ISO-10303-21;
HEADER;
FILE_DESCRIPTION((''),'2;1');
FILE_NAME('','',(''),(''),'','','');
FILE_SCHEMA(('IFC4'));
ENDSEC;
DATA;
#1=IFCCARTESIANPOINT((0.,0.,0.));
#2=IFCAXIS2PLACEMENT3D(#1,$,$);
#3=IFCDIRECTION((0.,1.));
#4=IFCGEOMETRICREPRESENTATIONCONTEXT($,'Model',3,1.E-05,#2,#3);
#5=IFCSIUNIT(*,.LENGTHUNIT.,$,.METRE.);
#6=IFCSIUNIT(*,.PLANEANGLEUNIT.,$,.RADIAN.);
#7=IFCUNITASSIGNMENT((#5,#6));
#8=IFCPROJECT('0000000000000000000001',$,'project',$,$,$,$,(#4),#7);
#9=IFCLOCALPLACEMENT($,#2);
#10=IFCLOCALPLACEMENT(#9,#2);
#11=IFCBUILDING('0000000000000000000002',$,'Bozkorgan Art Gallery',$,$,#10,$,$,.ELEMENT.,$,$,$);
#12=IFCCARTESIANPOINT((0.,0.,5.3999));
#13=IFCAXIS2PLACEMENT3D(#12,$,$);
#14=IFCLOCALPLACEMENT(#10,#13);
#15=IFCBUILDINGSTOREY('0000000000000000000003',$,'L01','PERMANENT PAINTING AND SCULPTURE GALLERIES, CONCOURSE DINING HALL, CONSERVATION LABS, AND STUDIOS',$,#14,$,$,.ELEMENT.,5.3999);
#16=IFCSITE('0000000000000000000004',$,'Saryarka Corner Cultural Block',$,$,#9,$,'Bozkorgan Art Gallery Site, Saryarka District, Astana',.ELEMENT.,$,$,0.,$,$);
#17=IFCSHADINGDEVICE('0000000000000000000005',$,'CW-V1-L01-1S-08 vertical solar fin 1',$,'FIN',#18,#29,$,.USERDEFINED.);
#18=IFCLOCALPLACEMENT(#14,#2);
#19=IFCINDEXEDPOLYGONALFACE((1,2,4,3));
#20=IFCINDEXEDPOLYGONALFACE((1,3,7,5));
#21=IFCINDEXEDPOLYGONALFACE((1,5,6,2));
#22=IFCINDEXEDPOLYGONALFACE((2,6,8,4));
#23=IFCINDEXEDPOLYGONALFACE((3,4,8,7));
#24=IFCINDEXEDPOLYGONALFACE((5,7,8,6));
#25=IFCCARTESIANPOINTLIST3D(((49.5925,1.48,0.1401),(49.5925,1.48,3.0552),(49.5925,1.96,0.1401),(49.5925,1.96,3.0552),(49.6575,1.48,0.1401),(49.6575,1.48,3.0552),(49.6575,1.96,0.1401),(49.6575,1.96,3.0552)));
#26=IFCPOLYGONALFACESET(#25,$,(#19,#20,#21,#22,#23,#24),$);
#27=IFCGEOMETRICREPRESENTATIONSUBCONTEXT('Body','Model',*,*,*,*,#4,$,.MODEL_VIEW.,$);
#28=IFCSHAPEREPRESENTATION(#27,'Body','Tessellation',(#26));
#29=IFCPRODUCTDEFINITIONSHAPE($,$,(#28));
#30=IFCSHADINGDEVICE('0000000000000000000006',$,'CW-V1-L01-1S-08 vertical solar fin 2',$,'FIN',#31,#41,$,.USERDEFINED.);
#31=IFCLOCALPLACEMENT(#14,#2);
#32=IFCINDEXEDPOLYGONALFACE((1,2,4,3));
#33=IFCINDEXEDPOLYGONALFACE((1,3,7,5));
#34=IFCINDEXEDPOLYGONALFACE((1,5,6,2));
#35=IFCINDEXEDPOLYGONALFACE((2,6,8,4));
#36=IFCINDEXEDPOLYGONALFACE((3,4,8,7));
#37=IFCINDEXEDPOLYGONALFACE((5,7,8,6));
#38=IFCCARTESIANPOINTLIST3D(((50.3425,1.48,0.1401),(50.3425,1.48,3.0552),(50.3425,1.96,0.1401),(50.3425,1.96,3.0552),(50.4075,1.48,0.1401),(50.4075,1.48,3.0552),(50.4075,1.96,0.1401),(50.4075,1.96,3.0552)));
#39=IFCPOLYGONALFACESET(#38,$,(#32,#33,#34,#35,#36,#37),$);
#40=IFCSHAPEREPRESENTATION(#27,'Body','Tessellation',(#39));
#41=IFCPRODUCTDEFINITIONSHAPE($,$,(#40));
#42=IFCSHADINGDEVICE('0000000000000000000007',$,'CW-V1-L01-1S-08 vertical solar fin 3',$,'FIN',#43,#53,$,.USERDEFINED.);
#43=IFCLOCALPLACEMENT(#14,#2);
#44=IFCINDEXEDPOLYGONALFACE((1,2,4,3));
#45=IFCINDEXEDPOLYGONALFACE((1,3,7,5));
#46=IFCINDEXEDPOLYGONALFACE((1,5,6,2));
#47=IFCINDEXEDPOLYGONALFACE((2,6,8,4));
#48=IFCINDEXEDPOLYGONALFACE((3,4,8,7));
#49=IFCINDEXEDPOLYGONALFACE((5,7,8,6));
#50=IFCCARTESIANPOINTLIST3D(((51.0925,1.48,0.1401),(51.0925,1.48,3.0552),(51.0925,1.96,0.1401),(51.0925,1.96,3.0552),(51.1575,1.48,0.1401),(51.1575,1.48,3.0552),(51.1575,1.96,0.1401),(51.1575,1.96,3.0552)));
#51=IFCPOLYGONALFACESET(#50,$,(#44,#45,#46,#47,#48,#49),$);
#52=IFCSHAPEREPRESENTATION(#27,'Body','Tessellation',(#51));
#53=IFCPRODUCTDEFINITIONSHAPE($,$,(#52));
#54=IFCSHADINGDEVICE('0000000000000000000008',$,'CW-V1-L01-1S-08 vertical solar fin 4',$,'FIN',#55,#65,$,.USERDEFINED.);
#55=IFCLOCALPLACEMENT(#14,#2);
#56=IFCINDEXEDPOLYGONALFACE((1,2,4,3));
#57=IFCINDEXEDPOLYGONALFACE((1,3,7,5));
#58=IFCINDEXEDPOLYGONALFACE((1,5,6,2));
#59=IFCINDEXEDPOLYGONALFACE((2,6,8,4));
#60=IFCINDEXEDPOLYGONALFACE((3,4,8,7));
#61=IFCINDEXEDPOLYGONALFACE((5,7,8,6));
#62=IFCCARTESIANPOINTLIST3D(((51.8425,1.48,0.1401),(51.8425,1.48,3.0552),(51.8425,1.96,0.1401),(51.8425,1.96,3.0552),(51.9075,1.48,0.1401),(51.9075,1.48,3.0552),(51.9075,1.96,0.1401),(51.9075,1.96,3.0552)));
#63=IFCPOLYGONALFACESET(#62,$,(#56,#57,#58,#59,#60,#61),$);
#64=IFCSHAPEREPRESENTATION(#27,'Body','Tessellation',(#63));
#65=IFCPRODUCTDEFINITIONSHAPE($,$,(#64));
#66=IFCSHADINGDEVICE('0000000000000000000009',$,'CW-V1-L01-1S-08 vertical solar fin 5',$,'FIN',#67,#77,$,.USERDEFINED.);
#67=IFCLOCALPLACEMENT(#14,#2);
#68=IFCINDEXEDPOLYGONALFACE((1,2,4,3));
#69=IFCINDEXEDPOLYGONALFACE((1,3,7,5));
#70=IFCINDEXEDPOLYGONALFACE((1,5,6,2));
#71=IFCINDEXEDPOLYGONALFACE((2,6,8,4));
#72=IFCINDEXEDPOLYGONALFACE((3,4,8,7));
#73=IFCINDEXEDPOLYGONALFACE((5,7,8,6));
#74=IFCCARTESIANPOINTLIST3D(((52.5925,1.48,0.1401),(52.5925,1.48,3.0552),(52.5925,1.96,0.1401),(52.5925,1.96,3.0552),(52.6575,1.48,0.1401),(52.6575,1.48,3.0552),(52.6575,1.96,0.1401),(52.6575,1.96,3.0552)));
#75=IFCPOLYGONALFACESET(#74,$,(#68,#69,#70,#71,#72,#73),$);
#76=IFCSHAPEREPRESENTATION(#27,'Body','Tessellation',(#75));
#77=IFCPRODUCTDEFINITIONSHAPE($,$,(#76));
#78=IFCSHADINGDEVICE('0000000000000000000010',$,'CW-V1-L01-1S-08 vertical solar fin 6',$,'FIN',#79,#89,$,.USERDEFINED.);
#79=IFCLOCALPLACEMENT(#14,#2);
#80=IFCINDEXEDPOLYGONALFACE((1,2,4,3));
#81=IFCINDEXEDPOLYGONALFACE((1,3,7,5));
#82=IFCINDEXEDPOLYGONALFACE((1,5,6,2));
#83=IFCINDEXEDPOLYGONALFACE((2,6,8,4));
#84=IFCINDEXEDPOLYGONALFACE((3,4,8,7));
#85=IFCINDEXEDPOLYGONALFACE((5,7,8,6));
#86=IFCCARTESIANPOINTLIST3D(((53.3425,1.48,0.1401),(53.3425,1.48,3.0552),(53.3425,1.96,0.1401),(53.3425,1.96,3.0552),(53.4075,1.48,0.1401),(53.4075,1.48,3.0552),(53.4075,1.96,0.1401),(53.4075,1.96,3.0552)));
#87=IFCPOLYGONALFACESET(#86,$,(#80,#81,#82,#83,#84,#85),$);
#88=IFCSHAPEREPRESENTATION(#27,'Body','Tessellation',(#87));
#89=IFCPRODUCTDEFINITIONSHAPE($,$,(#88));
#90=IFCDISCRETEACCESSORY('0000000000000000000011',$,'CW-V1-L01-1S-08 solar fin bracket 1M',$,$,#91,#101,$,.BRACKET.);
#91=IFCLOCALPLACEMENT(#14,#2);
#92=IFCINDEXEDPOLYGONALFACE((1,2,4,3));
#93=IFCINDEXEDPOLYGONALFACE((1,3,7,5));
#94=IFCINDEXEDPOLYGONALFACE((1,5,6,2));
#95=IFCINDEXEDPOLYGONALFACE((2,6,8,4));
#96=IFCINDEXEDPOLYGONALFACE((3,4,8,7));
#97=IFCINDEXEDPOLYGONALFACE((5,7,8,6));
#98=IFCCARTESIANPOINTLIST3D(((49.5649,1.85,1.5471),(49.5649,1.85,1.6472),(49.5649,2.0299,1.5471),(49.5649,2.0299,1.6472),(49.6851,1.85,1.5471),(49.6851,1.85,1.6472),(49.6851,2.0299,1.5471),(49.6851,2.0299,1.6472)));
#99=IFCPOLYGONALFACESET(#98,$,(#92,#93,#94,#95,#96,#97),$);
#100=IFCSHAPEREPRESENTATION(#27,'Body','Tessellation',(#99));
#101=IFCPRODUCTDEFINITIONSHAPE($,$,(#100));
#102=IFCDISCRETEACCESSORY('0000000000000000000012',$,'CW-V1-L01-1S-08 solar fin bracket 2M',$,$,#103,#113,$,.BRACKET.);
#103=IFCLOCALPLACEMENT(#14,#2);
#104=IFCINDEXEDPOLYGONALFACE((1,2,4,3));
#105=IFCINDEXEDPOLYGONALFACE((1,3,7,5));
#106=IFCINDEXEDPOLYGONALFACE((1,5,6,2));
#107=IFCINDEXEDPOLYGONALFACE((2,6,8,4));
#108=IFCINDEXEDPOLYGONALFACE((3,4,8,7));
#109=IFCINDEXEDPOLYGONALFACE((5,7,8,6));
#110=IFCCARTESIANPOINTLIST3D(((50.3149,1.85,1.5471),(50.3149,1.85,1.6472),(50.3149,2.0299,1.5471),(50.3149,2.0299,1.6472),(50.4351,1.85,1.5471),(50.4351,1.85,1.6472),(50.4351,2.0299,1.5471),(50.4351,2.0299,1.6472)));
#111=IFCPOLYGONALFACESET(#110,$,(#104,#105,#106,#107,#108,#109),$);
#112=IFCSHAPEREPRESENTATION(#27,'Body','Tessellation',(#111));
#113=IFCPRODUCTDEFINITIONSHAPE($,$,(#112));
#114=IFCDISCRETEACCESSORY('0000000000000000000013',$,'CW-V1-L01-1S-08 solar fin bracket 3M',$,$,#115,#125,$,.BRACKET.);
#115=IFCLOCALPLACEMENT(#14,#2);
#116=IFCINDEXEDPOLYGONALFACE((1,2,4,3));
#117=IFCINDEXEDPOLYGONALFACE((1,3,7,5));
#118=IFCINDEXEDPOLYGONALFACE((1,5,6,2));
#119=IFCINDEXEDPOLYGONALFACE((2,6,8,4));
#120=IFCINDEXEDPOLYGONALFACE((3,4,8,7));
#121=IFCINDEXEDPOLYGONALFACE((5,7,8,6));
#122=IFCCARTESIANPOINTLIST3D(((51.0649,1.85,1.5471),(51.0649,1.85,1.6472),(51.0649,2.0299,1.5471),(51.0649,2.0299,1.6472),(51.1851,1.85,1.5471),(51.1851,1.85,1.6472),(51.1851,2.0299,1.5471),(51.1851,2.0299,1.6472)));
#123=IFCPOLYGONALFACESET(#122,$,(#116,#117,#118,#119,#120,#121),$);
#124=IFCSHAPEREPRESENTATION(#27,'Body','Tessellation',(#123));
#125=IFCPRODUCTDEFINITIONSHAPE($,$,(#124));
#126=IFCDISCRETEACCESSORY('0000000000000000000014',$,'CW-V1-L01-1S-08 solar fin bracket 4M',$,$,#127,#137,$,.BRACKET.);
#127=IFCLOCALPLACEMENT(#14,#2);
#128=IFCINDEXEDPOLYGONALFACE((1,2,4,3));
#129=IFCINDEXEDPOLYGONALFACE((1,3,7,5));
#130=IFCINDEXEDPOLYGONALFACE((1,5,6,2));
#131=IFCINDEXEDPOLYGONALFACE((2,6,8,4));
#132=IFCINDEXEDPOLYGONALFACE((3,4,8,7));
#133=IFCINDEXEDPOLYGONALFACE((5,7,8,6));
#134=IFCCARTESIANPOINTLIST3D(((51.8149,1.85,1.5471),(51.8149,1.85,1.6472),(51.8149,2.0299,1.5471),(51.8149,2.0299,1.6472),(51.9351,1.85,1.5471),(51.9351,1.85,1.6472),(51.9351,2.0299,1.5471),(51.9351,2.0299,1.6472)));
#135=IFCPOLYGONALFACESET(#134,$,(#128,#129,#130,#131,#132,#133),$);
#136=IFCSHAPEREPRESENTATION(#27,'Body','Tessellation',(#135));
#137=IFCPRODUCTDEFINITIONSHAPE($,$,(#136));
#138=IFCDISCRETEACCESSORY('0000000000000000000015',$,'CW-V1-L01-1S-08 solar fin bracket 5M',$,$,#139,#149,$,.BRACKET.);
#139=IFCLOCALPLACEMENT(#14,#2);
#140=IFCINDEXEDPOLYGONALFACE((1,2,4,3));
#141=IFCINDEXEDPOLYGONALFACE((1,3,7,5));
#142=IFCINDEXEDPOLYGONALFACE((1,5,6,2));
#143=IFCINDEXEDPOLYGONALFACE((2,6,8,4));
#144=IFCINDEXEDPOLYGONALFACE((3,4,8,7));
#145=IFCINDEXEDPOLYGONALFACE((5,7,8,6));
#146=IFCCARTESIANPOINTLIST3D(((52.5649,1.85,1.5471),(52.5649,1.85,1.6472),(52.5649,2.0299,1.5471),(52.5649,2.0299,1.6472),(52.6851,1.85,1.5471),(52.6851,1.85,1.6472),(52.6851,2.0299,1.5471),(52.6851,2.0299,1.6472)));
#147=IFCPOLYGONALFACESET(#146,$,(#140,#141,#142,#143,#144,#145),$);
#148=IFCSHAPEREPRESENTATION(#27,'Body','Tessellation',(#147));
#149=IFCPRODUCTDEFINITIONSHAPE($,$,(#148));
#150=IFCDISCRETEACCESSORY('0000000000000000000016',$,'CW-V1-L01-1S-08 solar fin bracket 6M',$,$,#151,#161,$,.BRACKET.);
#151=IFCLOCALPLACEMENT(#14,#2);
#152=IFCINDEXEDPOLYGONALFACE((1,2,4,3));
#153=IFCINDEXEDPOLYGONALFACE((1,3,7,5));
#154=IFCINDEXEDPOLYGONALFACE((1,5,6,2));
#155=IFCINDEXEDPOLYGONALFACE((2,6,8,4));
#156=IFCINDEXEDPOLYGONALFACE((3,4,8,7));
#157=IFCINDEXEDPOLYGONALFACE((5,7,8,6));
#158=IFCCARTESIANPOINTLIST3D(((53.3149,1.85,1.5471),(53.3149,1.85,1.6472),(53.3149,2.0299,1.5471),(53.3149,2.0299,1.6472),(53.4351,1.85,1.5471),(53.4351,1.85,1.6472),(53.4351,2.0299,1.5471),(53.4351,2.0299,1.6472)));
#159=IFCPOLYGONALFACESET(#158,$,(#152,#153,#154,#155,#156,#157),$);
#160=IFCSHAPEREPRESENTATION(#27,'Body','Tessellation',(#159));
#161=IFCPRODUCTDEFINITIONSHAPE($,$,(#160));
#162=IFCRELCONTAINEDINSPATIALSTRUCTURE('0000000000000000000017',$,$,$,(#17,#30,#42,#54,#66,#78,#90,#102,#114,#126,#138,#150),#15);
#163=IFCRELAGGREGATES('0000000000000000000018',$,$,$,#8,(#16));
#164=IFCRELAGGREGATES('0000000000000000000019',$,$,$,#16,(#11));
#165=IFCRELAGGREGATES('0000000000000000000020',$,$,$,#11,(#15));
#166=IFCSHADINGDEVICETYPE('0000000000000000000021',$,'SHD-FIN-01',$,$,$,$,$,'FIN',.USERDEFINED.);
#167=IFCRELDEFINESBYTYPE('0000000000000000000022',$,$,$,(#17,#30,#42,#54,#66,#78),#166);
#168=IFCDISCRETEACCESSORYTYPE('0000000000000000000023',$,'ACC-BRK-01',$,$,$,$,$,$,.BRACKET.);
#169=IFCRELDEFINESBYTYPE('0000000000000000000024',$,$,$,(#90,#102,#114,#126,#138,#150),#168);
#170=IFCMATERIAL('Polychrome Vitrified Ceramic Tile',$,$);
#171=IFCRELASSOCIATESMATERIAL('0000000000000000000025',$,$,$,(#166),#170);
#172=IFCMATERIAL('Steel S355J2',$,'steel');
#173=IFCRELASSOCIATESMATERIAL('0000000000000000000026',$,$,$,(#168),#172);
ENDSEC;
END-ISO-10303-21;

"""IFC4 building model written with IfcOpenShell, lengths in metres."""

from ifc_helpers import new_model, si_unit, direction, frame, origin, origin_2d, place, context, subcontext, project, spatial, rectangle, extrude, material, type_object, element, save


model = new_model("IFC4")

# Units and contexts
model_context = context("Model", 3, precision=1e-05, world=origin(), true_north=direction((0.0, 1.0)))
body_context = subcontext(model_context, "Body", "Model", "MODEL_VIEW")
ifc_project = project(units=[si_unit("LENGTHUNIT", "METRE"), si_unit("PLANEANGLEUNIT", "RADIAN")], contexts=[model_context])

# Site, building, storey
site_placement = place(None, origin())
site = spatial("IfcSite", under=ifc_project, at=site_placement, Name="Saryarka Corner Cultural Block", LongName="Bozkorgan Art Gallery Site, Saryarka District, Astana", CompositionType="ELEMENT", RefElevation=0.0)
building_placement = place(site_placement, origin())
building = spatial("IfcBuilding", under=site, at=building_placement, Name="Bozkorgan Art Gallery", CompositionType="ELEMENT")
storey_placement = place(building_placement, frame((0.0, 0.0, 5.3999)))
storey = spatial("IfcBuildingStorey", under=building, at=storey_placement, Name="L01", Description="PERMANENT PAINTING AND SCULPTURE GALLERIES, CONCOURSE DINING HALL, CONSERVATION LABS, AND STUDIOS", CompositionType="ELEMENT", Elevation=5.3999)

# Shared definitions
ifc_material_1 = material(Name="Steel S355J2", Category="steel")

# Shading devices
ifc_material_2 = material(Name="Polychrome Vitrified Ceramic Tile")
shading_device_type = type_object("IfcShadingDeviceType", Name="SHD-FIN-01", ElementType="FIN", PredefinedType="USERDEFINED", material=ifc_material_2)
for number, where, z_axis, x_axis, name in (
    (1, (49.625, 1.72, 0.1401), (0.0, 0.0, 1.0), (0.0, -1.0, 0.0), "CW-V1-L01-1S-08 vertical solar fin 1"),
    (2, (50.375, 1.72, 0.1401), (0.0, 0.0, 1.0), (0.0, -1.0, 0.0), "CW-V1-L01-1S-08 vertical solar fin 2"),
    (3, (51.125, 1.72, 0.1401), (0.0, 0.0, 1.0), (0.0, -1.0, 0.0), "CW-V1-L01-1S-08 vertical solar fin 3"),
    (4, (51.875, 1.72, 0.1401), (0.0, 0.0, 1.0), (0.0, -1.0, 0.0), "CW-V1-L01-1S-08 vertical solar fin 4"),
    (5, (52.625, 1.72, 0.1401), (0.0, 0.0, 1.0), (0.0, -1.0, 0.0), "CW-V1-L01-1S-08 vertical solar fin 5"),
    (6, (53.375, 1.72, 0.1401), (0.0, 0.0, 1.0), (0.0, -1.0, 0.0), "CW-V1-L01-1S-08 vertical solar fin 6"),
):
    element("IfcShadingDevice", number, at=place(storey_placement, frame(where, z_axis=z_axis, x_axis=x_axis)), inside=storey, type_object=shading_device_type, Name=name, ObjectType="FIN", PredefinedType="USERDEFINED", context=body_context, shape_type="SweptSolid", body=[
        extrude(rectangle(XDim=0.48, YDim=0.0649, at=origin_2d()), origin(), (0.0, 0.0, 1.0), 2.915),
    ])

# Discrete accessories
discrete_accessory_type = type_object("IfcDiscreteAccessoryType", Name="ACC-BRK-01", PredefinedType="BRACKET", material=ifc_material_1)
for number, where, z_axis, x_axis, name in (
    (7, (49.625, 1.9399, 1.5471), (0.0, 0.0, 1.0), (0.0, -1.0, 0.0), "CW-V1-L01-1S-08 solar fin bracket 1M"),
    (8, (50.375, 1.9399, 1.5471), (0.0, 0.0, 1.0), (0.0, -1.0, 0.0), "CW-V1-L01-1S-08 solar fin bracket 2M"),
    (9, (51.125, 1.9399, 1.5471), (0.0, 0.0, 1.0), (0.0, -1.0, 0.0), "CW-V1-L01-1S-08 solar fin bracket 3M"),
    (10, (51.875, 1.9399, 1.5471), (0.0, 0.0, 1.0), (0.0, -1.0, 0.0), "CW-V1-L01-1S-08 solar fin bracket 4M"),
    (11, (52.625, 1.9399, 1.5471), (0.0, 0.0, 1.0), (0.0, -1.0, 0.0), "CW-V1-L01-1S-08 solar fin bracket 5M"),
    (12, (53.375, 1.9399, 1.5471), (0.0, 0.0, 1.0), (0.0, -1.0, 0.0), "CW-V1-L01-1S-08 solar fin bracket 6M"),
):
    element("IfcDiscreteAccessory", number, at=place(storey_placement, frame(where, z_axis=z_axis, x_axis=x_axis)), inside=storey, type_object=discrete_accessory_type, Name=name, PredefinedType="BRACKET", context=body_context, shape_type="SweptSolid", body=[
        extrude(rectangle(XDim=0.1799, YDim=0.1201, at=origin_2d()), origin(), (0.0, 0.0, 1.0), 0.1001),
    ])

save(model, "model.ifc")
